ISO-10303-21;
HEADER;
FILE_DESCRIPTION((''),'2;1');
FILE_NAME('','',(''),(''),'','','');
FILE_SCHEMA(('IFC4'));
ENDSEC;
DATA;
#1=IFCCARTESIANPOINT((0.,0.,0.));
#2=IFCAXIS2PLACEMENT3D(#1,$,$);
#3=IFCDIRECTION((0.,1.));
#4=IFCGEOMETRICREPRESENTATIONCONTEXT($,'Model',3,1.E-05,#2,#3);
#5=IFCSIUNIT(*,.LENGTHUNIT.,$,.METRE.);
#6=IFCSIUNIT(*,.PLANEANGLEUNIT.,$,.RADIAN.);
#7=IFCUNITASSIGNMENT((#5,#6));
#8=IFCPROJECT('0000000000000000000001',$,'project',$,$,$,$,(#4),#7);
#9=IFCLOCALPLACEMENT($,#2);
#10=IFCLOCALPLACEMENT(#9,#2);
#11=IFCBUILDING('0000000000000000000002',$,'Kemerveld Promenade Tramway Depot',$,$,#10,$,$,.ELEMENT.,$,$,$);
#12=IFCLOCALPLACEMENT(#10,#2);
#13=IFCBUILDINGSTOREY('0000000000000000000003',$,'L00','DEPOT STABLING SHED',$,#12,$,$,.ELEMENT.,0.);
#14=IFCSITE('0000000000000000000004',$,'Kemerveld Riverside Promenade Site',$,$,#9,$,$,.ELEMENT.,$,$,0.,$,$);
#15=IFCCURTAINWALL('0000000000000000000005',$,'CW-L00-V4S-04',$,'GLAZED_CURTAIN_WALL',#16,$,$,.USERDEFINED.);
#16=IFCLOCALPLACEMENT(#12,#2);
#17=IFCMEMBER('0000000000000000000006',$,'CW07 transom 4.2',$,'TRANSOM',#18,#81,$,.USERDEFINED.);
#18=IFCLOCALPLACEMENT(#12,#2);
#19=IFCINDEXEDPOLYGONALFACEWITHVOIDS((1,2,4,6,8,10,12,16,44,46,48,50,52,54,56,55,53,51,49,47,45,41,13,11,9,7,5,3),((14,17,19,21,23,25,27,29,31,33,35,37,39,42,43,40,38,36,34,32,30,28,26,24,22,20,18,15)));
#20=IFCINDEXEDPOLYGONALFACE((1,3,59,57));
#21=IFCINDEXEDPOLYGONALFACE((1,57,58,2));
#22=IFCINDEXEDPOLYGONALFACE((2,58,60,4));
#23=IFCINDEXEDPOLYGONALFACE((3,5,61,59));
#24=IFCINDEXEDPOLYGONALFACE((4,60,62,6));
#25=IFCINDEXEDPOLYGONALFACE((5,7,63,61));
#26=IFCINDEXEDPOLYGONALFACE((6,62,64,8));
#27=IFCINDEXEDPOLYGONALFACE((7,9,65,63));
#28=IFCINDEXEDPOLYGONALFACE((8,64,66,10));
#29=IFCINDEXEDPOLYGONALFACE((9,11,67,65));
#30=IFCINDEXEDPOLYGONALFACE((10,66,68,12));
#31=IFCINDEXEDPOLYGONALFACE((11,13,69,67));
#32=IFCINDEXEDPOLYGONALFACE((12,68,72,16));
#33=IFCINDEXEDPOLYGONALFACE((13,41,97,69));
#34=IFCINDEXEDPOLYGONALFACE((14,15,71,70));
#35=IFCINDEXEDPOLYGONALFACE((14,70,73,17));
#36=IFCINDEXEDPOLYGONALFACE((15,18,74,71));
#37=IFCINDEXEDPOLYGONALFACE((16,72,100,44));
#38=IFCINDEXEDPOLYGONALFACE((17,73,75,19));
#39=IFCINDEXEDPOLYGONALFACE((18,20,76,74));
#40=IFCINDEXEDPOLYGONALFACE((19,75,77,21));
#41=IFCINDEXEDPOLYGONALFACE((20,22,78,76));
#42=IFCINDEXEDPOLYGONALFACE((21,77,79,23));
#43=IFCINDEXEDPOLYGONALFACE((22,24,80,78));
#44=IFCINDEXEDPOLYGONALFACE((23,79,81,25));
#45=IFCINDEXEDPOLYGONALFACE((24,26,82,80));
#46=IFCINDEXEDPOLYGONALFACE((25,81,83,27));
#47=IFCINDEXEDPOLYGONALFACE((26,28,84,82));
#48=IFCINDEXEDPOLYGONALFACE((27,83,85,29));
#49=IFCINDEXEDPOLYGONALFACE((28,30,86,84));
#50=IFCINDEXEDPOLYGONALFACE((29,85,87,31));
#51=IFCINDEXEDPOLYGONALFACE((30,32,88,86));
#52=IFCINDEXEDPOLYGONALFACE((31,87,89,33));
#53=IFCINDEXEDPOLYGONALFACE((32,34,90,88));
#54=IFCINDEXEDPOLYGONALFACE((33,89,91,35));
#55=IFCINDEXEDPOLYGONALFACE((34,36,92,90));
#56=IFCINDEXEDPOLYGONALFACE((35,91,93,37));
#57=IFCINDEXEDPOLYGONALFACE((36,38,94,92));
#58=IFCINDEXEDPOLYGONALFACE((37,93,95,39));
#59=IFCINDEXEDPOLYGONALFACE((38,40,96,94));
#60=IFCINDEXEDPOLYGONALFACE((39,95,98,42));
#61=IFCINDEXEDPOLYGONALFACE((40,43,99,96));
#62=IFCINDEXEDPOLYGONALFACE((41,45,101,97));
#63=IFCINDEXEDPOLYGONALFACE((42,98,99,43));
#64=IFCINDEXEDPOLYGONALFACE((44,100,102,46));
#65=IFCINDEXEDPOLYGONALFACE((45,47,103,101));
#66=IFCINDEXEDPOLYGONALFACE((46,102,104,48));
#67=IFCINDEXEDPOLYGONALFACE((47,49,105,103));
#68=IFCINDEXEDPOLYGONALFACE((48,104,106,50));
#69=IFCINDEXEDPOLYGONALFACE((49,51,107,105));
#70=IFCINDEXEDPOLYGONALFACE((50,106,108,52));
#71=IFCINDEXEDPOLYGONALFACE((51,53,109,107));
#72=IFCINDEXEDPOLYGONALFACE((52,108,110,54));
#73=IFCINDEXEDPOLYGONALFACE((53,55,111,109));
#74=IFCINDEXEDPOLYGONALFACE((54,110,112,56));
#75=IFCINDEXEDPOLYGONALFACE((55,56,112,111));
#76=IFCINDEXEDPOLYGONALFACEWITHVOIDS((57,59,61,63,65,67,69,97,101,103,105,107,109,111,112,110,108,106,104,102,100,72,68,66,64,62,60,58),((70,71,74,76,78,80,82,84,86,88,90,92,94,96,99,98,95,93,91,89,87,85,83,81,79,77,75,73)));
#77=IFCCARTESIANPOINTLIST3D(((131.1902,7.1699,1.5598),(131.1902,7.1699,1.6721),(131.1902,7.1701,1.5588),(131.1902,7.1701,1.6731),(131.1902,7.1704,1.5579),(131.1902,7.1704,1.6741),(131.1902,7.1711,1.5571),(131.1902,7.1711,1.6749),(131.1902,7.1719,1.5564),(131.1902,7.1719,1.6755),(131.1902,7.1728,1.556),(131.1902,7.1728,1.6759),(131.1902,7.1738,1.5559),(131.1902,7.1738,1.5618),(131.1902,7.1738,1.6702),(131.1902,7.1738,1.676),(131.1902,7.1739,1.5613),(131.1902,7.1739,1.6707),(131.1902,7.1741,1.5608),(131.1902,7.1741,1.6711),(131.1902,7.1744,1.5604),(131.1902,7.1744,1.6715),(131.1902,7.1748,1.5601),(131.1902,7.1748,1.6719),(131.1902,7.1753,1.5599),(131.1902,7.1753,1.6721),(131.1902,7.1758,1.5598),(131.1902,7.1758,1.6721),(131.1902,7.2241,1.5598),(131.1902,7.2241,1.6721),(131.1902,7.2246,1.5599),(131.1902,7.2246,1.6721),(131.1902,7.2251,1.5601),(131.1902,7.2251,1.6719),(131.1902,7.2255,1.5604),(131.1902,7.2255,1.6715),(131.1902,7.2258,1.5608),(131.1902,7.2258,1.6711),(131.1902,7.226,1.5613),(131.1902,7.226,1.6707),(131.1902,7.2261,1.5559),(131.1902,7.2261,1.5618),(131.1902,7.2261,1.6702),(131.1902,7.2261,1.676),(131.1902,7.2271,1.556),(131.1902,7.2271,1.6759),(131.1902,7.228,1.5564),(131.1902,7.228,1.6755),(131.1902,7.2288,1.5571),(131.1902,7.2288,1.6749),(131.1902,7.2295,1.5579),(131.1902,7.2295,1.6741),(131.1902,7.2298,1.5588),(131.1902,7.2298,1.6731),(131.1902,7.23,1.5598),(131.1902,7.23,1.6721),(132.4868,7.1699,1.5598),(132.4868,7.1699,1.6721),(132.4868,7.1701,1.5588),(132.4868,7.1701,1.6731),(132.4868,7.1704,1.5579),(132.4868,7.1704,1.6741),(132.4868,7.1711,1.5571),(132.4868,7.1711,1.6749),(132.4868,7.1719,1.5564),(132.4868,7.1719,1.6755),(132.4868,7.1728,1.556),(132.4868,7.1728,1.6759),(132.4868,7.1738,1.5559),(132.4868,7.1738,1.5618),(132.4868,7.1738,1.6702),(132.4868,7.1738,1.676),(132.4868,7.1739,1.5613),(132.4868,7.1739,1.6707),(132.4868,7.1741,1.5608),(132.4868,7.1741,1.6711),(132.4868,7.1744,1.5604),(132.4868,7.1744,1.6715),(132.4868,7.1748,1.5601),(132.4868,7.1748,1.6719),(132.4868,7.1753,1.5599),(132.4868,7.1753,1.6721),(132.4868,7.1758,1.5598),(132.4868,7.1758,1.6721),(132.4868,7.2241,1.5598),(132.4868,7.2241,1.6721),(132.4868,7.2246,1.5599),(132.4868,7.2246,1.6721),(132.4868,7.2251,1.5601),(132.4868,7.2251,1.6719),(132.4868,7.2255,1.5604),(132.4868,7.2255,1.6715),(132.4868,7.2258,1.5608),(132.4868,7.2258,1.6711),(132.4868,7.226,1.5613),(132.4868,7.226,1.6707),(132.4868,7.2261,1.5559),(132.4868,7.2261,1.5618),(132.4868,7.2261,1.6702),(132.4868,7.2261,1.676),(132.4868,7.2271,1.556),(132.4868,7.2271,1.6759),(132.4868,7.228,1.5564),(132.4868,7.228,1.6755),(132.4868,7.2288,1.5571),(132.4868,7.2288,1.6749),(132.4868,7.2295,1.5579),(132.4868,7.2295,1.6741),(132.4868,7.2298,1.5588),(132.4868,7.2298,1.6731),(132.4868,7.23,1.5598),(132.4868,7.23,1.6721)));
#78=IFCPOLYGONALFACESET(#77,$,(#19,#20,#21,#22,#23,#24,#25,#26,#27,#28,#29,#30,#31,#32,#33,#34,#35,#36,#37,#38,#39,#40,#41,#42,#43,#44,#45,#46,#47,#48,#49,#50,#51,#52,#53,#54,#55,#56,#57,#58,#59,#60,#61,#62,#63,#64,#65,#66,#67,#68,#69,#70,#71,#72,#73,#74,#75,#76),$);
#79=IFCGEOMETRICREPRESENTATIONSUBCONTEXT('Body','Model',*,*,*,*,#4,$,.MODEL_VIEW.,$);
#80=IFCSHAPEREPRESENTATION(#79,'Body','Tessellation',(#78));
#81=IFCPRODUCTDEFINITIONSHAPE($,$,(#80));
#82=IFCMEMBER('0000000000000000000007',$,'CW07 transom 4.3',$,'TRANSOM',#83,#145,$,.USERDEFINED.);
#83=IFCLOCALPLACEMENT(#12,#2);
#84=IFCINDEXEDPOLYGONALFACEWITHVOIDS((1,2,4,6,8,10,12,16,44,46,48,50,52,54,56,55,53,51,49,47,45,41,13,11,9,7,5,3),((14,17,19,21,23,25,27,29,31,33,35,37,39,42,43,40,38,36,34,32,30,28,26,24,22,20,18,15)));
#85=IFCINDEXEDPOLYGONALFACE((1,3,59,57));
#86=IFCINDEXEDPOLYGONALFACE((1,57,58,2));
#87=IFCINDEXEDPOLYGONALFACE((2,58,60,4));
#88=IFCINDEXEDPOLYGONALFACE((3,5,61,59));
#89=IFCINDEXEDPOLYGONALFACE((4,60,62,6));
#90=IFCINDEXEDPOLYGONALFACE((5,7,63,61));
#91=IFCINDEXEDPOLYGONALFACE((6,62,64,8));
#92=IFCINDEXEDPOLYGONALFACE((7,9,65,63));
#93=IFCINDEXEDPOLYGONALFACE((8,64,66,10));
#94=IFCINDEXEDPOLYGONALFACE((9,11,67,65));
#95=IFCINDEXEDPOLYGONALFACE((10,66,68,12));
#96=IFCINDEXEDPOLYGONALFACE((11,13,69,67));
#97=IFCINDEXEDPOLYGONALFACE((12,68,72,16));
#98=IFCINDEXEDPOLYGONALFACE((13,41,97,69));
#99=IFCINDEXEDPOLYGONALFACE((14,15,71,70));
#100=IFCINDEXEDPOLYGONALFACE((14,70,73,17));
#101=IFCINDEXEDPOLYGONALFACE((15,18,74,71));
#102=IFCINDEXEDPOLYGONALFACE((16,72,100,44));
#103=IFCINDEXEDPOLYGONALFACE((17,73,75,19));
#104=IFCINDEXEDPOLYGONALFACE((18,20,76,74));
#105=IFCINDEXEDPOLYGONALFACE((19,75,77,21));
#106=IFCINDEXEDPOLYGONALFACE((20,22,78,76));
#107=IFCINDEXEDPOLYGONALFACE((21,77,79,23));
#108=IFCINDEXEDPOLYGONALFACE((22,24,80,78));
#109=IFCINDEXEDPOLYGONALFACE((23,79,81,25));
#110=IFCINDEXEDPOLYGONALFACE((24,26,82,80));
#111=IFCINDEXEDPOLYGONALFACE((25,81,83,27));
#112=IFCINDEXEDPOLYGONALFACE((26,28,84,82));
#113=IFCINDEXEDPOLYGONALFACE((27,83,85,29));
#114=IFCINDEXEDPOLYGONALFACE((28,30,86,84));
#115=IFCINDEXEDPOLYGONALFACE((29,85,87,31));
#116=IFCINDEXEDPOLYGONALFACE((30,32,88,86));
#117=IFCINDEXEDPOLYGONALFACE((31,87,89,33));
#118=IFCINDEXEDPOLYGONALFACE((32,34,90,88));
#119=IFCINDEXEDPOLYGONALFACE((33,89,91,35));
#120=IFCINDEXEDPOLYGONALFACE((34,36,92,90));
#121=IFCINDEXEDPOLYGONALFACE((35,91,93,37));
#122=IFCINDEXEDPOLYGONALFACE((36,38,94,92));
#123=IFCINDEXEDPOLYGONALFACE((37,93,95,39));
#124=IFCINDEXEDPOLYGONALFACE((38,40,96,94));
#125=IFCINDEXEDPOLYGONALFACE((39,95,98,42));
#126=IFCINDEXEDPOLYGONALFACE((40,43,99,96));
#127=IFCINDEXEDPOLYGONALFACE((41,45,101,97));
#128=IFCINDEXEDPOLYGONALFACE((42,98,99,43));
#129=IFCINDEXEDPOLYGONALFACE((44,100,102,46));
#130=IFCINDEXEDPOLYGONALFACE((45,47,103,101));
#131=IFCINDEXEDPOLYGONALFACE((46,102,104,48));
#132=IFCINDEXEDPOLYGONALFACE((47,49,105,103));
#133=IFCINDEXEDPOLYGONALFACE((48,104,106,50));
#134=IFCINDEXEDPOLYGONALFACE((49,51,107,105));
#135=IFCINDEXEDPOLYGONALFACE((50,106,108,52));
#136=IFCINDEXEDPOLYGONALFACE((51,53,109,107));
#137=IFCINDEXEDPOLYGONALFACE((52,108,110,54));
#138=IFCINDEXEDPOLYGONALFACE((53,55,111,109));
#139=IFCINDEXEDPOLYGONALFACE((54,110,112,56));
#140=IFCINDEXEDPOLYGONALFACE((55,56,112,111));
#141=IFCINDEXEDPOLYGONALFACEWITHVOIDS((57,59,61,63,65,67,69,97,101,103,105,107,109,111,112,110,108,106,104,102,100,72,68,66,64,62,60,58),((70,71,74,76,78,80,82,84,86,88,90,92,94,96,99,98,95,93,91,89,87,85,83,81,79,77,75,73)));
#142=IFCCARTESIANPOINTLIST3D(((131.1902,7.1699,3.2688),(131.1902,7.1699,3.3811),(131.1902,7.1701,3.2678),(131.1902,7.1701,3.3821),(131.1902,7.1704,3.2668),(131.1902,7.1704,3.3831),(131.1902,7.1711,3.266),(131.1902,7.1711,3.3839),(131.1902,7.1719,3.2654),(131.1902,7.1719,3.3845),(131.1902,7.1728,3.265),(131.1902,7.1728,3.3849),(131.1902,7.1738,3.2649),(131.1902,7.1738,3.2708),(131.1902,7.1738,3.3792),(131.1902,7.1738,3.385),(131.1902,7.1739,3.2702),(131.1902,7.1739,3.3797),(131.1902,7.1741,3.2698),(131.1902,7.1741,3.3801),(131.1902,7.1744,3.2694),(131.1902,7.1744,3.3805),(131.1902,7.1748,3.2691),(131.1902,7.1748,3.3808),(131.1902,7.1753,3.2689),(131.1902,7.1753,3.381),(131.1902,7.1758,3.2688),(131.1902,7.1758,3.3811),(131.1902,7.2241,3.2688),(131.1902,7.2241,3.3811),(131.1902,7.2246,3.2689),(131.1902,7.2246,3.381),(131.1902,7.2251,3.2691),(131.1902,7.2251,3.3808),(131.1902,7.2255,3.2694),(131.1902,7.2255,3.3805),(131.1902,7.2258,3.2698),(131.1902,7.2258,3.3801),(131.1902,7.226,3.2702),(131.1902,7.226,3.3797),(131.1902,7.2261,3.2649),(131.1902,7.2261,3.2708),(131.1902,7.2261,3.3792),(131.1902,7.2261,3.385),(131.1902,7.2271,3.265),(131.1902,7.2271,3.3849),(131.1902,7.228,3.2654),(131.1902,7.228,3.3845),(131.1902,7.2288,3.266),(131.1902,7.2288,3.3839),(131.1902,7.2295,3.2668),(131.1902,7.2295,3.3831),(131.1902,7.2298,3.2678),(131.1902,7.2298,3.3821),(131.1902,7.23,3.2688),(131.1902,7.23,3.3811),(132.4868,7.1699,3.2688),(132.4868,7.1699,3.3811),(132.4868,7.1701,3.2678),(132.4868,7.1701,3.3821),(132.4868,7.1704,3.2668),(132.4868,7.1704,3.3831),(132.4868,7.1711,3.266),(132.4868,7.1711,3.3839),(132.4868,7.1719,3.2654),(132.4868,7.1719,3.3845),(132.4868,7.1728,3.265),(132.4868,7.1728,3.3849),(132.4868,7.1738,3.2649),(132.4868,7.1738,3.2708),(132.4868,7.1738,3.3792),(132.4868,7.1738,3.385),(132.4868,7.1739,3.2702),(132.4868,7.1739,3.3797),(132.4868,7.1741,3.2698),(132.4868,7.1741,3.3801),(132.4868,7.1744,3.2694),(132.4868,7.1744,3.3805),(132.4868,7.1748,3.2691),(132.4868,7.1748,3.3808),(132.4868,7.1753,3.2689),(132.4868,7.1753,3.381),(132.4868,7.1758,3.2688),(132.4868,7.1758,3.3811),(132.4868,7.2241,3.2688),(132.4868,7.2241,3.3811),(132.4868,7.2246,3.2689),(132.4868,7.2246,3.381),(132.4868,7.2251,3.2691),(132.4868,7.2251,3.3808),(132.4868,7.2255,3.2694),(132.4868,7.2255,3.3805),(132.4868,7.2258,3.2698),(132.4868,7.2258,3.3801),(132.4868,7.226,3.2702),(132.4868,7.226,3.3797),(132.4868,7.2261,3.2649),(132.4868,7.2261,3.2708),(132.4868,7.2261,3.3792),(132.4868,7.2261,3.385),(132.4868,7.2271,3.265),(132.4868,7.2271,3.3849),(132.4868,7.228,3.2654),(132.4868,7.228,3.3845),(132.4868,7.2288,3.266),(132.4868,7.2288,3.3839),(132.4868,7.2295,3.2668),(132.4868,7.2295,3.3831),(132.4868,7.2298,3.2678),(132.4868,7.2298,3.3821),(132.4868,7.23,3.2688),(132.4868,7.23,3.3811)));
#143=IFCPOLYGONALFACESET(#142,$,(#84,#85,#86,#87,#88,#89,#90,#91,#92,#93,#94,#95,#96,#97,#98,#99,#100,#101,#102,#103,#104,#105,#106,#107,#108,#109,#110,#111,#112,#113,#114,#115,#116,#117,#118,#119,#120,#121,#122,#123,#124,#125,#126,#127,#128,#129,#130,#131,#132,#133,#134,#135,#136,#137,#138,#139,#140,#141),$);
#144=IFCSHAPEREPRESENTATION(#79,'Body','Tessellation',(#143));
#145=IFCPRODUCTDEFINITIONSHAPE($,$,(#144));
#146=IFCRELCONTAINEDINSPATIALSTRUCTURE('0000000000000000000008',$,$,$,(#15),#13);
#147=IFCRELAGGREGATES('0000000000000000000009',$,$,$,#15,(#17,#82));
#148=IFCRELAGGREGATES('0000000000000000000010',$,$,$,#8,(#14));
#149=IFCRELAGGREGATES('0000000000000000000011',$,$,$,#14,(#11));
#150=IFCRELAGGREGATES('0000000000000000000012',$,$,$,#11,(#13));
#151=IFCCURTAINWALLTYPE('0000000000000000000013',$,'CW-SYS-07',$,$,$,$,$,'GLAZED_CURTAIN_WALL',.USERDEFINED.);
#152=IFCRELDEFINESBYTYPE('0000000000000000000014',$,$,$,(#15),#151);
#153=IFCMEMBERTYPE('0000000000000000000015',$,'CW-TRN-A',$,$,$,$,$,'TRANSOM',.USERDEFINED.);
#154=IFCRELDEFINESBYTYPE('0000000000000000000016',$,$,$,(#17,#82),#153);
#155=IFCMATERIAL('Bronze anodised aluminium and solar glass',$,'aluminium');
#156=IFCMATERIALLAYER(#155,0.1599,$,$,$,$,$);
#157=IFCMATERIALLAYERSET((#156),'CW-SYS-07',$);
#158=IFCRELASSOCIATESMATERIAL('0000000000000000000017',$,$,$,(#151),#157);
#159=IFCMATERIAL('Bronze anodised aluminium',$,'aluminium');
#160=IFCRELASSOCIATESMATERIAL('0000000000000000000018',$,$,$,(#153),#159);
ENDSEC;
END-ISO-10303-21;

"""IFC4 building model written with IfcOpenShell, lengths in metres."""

from ifc_helpers import new_model, si_unit, direction, frame, origin, origin_2d, place, context, subcontext, project, spatial, hollow_rectangle, extrude, material, layer, layer_set, material_profile, profile_set, type_object, element, aggregate, save


model = new_model("IFC4")

# Units and contexts
model_context = context("Model", 3, precision=1e-05, world=origin(), true_north=direction((0.0, 1.0)))
body_context = subcontext(model_context, "Body", "Model", "MODEL_VIEW")
ifc_project = project(units=[si_unit("LENGTHUNIT", "METRE"), si_unit("PLANEANGLEUNIT", "RADIAN")], contexts=[model_context])

# Site, building, storey
site_placement = place(None, origin())
site = spatial("IfcSite", under=ifc_project, at=site_placement, Name="Kemerveld Riverside Promenade Site", CompositionType="ELEMENT", RefElevation=0.0)
building_placement = place(site_placement, origin())
building = spatial("IfcBuilding", under=site, at=building_placement, Name="Kemerveld Promenade Tramway Depot", CompositionType="ELEMENT")
storey_placement = place(building_placement, origin())
storey = spatial("IfcBuildingStorey", under=building, at=storey_placement, Name="L00", Description="DEPOT STABLING SHED", CompositionType="ELEMENT", Elevation=0.0)

# Curtain wall, members
ifc_material_1 = material(Name="Bronze anodised aluminium and solar glass", Category="aluminium")
ifc_layer_1 = layer(ifc_material_1, 0.1599)
ifc_layer_set_1 = layer_set([ifc_layer_1], Name="CW-SYS-07")
curtain_wall_type = type_object("IfcCurtainWallType", Name="CW-SYS-07", ElementType="GLAZED_CURTAIN_WALL", PredefinedType="USERDEFINED", material=ifc_layer_set_1)
curtain_wall_placement = place(storey_placement, origin())
curtain_wall = element("IfcCurtainWall", 1, at=curtain_wall_placement, inside=storey, type_object=curtain_wall_type, Name="CW-L00-V4S-04", ObjectType="GLAZED_CURTAIN_WALL", PredefinedType="USERDEFINED")
ifc_material_2 = material(Name="Bronze anodised aluminium", Category="aluminium")
ifc_material_profile_1 = material_profile(ifc_material_2, hollow_rectangle(XDim=0.0601, YDim=0.1201, WallThickness=0.0039, InnerFilletRadius=0.002, OuterFilletRadius=0.0039, at=origin_2d()), Name="CW-TRN-120x60")
ifc_profile_set_1 = profile_set([ifc_material_profile_1], Name="Bronze anodised aluminium")
member_type_1 = type_object("IfcMemberType", Name="CW-TRN-A", ElementType="TRANSOM", PredefinedType="USERDEFINED", material=ifc_profile_set_1)
member_1_placement = place(storey_placement, frame((132.4868, 7.2, 1.616), z_axis=(-1.0, 0.0, 0.0), x_axis=(0.0, -1.0, 0.0)))
member_1 = element("IfcMember", 2, at=member_1_placement, type_object=member_type_1, Name="CW07 transom 4.2", ObjectType="TRANSOM", PredefinedType="USERDEFINED", context=body_context, shape_type="SweptSolid", body=[
    extrude(hollow_rectangle(XDim=0.0601, YDim=0.1201, WallThickness=0.0039, InnerFilletRadius=0.002, OuterFilletRadius=0.0039, at=origin_2d()), origin(), (0.0, 0.0, 1.0), 1.2966),
])
member_2_placement = place(storey_placement, frame((132.4868, 7.2, 3.325), z_axis=(-1.0, 0.0, 0.0), x_axis=(0.0, -1.0, 0.0)))
member_2 = element("IfcMember", 3, at=member_2_placement, type_object=member_type_1, Name="CW07 transom 4.3", ObjectType="TRANSOM", PredefinedType="USERDEFINED", context=body_context, shape_type="SweptSolid", body=[
    extrude(hollow_rectangle(XDim=0.0601, YDim=0.1201, WallThickness=0.0039, InnerFilletRadius=0.002, OuterFilletRadius=0.0039, at=origin_2d()), origin(), (0.0, 0.0, 1.0), 1.2966),
])
aggregate(curtain_wall, [member_1, member_2])

save(model, "model.ifc")
